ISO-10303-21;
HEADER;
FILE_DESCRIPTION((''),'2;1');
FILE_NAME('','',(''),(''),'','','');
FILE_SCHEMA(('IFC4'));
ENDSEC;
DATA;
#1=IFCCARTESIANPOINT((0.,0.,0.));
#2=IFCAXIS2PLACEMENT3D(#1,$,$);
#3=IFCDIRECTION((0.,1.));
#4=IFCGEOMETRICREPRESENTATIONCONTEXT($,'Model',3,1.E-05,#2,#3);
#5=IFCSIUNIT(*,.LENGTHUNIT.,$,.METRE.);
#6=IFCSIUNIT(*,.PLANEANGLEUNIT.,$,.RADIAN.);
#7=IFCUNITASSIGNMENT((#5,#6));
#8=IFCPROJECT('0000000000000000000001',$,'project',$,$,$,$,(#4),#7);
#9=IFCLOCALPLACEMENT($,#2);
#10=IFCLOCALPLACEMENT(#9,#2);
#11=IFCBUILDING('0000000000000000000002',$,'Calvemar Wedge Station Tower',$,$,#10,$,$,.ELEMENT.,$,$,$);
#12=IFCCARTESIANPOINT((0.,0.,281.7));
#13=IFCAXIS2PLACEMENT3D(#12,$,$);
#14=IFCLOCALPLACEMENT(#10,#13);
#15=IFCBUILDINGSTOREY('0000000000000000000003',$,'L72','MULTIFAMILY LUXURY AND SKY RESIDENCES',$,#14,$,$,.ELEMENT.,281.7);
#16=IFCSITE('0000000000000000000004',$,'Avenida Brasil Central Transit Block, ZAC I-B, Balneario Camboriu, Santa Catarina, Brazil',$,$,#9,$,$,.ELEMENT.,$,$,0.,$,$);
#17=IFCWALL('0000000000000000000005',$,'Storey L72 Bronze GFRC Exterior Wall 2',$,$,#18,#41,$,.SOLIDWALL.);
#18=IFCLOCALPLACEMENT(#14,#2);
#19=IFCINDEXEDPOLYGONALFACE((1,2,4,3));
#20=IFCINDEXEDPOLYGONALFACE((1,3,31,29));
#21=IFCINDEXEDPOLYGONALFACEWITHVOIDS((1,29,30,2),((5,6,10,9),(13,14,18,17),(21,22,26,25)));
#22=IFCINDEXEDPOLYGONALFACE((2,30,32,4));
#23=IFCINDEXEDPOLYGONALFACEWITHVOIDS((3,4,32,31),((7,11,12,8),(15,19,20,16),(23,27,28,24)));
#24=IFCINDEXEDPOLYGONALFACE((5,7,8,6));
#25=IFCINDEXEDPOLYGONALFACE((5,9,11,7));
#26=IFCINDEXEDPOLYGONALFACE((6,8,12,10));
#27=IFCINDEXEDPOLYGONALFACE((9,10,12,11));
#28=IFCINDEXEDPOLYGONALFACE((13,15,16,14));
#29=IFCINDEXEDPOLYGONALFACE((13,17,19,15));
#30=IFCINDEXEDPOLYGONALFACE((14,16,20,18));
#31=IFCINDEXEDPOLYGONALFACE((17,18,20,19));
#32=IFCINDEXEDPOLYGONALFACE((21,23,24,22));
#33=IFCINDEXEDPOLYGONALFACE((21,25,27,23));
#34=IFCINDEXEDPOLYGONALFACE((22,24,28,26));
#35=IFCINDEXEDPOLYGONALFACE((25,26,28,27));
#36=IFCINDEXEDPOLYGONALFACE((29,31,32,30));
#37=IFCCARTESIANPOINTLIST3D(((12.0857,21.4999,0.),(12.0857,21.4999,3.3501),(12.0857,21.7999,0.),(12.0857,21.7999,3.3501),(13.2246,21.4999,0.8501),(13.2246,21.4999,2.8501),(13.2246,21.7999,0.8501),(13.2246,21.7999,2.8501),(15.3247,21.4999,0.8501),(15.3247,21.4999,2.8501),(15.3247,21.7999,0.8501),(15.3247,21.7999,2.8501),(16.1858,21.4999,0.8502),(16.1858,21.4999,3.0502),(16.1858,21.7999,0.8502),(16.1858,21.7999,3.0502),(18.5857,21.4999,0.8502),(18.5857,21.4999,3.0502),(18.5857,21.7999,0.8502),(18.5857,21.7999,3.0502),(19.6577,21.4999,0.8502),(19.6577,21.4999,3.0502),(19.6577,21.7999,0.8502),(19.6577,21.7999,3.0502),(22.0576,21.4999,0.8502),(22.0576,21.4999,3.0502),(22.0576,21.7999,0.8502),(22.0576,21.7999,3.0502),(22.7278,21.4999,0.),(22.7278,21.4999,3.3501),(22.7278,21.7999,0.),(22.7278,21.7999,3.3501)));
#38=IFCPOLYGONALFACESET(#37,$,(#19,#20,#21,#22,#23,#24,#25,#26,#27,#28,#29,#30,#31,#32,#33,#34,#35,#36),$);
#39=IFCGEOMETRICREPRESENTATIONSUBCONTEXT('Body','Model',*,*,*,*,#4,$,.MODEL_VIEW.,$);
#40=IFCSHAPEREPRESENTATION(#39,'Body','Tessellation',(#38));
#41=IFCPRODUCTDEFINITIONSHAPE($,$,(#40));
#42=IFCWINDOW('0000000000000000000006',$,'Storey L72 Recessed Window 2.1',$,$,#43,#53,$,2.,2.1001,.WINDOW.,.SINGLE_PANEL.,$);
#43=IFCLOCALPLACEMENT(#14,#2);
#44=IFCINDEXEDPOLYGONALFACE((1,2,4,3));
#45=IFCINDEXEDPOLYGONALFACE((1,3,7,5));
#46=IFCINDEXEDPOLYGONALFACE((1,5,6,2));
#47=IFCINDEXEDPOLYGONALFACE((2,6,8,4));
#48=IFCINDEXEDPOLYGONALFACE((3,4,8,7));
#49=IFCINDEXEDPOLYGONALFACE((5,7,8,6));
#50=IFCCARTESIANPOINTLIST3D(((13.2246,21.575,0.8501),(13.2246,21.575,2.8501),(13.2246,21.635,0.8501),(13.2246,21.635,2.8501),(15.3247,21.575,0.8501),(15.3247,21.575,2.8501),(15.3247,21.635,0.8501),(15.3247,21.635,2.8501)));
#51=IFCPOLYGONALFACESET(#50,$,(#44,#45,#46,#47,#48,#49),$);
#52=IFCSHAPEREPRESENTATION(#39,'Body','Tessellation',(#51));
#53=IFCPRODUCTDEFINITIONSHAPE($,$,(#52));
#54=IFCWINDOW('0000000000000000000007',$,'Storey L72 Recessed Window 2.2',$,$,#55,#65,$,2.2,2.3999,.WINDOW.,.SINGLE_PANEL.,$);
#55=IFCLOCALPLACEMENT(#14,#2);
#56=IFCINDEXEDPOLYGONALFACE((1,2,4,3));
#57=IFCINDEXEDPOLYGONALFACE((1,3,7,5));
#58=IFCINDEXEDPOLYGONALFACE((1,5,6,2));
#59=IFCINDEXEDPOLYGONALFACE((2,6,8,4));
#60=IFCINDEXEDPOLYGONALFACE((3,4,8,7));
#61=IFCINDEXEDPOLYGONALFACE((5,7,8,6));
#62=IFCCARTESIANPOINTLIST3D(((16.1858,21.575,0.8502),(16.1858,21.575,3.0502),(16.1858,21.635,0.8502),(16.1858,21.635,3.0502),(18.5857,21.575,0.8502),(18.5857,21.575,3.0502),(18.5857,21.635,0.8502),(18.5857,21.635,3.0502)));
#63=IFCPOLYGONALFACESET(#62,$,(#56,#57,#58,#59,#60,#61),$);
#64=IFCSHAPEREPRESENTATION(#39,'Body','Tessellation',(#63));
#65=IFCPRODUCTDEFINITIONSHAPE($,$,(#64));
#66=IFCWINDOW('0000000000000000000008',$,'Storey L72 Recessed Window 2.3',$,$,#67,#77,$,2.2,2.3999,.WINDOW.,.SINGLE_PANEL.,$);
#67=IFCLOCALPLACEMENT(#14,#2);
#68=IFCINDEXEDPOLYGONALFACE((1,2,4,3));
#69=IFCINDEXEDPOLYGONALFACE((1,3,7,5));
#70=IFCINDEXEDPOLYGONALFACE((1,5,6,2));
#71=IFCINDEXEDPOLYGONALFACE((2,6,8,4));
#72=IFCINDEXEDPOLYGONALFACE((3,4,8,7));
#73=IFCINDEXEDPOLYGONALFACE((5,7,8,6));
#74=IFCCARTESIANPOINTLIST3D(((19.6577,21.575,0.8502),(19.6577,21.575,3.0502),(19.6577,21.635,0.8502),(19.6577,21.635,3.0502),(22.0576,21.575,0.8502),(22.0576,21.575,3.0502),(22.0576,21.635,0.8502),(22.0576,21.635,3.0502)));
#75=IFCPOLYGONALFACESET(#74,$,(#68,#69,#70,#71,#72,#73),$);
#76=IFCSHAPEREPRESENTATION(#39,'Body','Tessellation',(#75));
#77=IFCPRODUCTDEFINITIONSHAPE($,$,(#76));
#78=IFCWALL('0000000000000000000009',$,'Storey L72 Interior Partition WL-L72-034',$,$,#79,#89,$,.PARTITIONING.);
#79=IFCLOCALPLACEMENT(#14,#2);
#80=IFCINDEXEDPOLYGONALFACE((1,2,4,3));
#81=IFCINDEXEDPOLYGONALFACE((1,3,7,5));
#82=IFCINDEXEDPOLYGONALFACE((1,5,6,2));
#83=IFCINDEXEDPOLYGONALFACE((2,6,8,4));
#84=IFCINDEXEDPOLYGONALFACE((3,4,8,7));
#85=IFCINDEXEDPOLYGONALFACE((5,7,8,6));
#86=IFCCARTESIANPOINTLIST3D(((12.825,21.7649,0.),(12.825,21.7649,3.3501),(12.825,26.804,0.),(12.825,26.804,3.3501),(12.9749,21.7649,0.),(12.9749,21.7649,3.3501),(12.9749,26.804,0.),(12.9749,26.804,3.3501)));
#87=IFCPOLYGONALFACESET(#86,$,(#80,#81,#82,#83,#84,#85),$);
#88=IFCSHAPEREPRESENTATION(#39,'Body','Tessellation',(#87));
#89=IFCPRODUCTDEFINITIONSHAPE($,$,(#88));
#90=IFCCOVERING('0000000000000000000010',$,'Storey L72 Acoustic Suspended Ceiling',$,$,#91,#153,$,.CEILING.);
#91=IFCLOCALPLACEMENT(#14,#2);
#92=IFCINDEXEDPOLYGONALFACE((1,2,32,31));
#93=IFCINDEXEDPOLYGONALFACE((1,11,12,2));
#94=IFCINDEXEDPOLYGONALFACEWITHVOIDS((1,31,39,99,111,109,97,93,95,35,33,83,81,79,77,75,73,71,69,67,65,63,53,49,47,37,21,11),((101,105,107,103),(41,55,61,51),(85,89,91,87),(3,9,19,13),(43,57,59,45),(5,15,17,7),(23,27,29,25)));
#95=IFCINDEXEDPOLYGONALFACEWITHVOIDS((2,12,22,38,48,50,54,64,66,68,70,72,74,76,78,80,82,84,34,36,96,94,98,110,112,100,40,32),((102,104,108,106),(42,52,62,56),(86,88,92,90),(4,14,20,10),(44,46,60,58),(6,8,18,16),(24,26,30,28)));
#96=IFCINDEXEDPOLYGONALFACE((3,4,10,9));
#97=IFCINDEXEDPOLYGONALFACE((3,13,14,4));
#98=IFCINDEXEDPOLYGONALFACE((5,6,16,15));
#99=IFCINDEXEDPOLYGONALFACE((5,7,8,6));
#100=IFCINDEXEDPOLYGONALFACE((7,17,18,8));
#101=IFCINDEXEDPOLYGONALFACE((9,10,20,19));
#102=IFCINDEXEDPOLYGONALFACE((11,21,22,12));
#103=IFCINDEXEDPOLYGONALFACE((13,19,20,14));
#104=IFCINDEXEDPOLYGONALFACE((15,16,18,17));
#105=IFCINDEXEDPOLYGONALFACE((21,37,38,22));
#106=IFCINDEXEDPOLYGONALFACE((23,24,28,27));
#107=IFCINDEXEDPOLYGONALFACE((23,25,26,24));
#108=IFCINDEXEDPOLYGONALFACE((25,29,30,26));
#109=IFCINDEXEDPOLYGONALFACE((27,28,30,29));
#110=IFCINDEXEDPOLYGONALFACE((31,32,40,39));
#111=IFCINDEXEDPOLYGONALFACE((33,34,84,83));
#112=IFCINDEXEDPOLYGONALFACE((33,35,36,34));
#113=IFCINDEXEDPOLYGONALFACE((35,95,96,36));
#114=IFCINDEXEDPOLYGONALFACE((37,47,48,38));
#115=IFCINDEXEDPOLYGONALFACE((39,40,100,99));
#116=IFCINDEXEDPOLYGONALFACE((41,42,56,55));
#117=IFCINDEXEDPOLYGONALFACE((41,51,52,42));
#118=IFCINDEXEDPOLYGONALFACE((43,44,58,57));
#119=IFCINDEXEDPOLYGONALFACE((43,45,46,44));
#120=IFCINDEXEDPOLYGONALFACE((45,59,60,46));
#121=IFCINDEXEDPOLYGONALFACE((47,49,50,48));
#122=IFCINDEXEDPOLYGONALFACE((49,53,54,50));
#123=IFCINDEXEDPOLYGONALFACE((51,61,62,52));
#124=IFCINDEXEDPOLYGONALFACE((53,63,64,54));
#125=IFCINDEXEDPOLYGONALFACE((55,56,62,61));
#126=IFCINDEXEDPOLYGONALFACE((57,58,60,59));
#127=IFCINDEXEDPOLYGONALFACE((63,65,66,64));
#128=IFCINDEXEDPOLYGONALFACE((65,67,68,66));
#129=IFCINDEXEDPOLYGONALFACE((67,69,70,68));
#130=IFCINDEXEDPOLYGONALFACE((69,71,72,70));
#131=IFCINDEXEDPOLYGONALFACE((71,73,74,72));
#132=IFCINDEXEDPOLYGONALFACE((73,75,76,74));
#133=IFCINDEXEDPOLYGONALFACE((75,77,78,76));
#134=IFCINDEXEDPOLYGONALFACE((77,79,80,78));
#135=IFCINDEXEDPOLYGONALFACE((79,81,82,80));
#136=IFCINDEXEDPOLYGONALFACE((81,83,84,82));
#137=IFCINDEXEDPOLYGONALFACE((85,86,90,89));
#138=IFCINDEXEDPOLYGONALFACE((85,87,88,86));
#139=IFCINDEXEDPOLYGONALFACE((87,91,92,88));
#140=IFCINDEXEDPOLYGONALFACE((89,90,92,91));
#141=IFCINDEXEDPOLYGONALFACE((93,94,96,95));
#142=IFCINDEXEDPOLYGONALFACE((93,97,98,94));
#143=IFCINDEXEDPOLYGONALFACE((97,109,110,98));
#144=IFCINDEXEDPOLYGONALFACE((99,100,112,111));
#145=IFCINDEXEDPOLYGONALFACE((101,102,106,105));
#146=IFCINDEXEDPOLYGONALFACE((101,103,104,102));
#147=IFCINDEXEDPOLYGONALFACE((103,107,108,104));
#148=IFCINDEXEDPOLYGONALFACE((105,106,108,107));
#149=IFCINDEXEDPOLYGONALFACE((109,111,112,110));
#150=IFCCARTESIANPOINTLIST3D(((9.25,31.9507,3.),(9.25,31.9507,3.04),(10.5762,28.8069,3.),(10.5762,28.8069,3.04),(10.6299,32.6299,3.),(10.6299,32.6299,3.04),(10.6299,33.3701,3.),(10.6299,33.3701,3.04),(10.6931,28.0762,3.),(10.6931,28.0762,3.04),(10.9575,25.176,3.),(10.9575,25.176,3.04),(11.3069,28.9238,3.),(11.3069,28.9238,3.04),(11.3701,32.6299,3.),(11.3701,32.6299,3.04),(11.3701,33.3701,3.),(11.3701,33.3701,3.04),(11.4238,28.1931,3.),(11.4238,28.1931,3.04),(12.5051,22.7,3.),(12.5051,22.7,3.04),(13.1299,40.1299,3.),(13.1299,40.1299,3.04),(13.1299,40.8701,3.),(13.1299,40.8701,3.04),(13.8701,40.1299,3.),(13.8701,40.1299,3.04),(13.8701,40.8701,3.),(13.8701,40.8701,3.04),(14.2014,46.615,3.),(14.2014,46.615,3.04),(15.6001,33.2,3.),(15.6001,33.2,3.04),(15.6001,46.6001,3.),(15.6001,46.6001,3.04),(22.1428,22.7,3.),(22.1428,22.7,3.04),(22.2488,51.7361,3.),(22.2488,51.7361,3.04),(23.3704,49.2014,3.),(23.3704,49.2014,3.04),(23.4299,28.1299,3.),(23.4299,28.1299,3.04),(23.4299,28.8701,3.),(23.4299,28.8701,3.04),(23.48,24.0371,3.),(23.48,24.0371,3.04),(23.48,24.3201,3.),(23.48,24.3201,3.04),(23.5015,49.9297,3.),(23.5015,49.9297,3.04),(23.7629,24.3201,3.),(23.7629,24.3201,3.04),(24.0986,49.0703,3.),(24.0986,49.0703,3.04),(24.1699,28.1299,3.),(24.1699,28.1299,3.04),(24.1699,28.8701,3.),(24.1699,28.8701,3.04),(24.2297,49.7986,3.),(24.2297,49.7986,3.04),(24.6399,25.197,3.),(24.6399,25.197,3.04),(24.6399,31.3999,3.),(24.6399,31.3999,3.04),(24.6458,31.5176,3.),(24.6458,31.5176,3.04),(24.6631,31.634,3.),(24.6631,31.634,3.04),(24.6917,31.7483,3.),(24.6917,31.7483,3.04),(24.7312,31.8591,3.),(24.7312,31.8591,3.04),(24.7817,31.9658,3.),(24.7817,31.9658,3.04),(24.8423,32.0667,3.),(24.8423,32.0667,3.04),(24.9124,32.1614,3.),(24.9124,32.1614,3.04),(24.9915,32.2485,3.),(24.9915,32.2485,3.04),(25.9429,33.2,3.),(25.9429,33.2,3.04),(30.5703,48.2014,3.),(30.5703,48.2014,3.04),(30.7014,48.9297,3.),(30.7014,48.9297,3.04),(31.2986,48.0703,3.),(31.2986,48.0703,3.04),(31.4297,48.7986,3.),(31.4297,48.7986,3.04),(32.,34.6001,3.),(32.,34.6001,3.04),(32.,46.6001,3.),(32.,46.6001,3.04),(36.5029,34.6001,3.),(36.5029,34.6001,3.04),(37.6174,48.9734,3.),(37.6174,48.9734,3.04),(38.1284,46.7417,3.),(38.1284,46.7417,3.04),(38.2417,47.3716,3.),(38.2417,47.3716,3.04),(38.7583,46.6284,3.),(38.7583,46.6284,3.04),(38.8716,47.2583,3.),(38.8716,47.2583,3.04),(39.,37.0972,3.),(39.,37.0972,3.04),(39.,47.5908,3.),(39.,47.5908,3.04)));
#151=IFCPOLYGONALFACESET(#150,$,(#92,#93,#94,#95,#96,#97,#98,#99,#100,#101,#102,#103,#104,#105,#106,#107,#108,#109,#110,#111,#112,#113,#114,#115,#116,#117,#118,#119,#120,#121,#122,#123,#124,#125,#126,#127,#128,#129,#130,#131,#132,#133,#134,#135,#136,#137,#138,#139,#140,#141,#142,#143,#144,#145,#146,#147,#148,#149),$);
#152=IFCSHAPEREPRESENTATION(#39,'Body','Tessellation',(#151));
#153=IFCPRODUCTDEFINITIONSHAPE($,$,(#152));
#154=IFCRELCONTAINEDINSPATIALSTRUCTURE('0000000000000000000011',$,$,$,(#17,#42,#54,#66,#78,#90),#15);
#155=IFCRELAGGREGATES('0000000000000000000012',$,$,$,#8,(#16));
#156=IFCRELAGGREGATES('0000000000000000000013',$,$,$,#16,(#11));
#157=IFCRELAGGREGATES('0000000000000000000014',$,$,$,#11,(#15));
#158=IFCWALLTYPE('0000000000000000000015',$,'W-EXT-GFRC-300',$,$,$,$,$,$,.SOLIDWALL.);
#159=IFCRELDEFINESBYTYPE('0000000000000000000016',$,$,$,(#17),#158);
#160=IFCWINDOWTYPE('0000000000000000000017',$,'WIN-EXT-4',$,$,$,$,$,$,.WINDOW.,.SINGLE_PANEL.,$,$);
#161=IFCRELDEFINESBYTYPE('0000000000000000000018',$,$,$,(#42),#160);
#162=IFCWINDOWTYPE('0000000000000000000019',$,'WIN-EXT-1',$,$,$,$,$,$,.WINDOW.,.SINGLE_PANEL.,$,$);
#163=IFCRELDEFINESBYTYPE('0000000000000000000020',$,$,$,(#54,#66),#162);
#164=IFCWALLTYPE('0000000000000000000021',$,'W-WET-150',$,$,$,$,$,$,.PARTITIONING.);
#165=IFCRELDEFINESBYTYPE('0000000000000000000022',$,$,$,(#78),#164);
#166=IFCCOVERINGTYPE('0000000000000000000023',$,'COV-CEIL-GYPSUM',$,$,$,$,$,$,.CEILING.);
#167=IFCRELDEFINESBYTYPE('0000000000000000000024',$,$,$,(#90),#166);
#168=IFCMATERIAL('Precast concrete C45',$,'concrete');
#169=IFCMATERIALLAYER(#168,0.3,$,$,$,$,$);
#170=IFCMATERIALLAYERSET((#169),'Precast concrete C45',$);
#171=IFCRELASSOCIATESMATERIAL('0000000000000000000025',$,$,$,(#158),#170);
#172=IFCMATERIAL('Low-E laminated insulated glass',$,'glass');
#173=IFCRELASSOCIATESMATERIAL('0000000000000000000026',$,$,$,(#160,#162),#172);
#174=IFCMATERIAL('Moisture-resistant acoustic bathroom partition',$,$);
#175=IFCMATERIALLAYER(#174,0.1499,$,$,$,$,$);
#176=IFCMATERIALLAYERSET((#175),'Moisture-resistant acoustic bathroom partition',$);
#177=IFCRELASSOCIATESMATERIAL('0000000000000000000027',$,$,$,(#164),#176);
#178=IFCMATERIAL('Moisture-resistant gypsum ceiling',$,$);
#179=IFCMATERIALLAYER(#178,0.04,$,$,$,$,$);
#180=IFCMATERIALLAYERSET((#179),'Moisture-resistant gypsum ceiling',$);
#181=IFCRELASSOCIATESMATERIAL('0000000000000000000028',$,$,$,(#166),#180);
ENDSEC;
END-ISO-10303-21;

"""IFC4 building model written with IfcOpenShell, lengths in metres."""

from ifc_helpers import new_model, si_unit, direction, frame, frame_2d, origin, place, context, subcontext, project, spatial, polyline, rectangle, outline, extrude, source, transform, mapped, material, layer, layer_set, type_object, element, fill, save


model = new_model("IFC4")

# Units and contexts
model_context = context("Model", 3, precision=1e-05, world=origin(), true_north=direction((0.0, 1.0)))
body_context = subcontext(model_context, "Body", "Model", "MODEL_VIEW")
ifc_project = project(units=[si_unit("LENGTHUNIT", "METRE"), si_unit("PLANEANGLEUNIT", "RADIAN")], contexts=[model_context])

# Site, building, storey
site_placement = place(None, origin())
site = spatial("IfcSite", under=ifc_project, at=site_placement, Name="Avenida Brasil Central Transit Block, ZAC I-B, Balneario Camboriu, Santa Catarina, Brazil", CompositionType="ELEMENT", RefElevation=0.0)
building_placement = place(site_placement, origin())
building = spatial("IfcBuilding", under=site, at=building_placement, Name="Calvemar Wedge Station Tower", CompositionType="ELEMENT")
storey_placement = place(building_placement, frame((0.0, 0.0, 281.7)))
storey = spatial("IfcBuildingStorey", under=building, at=storey_placement, Name="L72", Description="MULTIFAMILY LUXURY AND SKY RESIDENCES", CompositionType="ELEMENT", Elevation=281.7)

# Shared definitions
ifc_material_1 = material(Name="Precast concrete C45", Category="concrete")

# Shared definitions
ifc_layer_1 = layer(ifc_material_1, 0.3)
ifc_layer_set_1 = layer_set([ifc_layer_1], Name="Precast concrete C45")
wall_type_1 = type_object("IfcWallType", Name="W-EXT-GFRC-300", PredefinedType="SOLIDWALL", material=ifc_layer_set_1)
shared_shape_1 = source(origin(), body_context, "Body", "SweptSolid", [
    extrude(rectangle(XDim=2.1001, YDim=2.0, at=frame_2d((1.05, 1.0))), frame((0.0, 0.1602, 0.0), z_axis=(0.0, -1.0, 0.0), x_axis=(1.0, 0.0, 0.0)), (0.0, 0.0, 1.0), 0.3201),
])
ifc_material_2 = material(Name="Low-E laminated insulated glass", Category="glass")
window_type_1 = type_object("IfcWindowType", Name="WIN-EXT-4", PartitioningType="SINGLE_PANEL", PredefinedType="WINDOW", material=ifc_material_2)
shared_shape_2 = source(origin(), body_context, "Body", "SweptSolid", [
    extrude(rectangle(XDim=2.1001, YDim=2.0, at=frame_2d((1.05, 1.0))), frame((0.0, -0.0149, 0.0), z_axis=(0.0, -1.0, 0.0), x_axis=(1.0, 0.0, 0.0)), (0.0, 0.0, 1.0), 0.0601),
])

# Wall, openings, windows
wall_1_placement = place(storey_placement, frame((12.0857, 21.6499, 0.0), z_axis=(0.0, 0.0, 1.0), x_axis=(1.0, 0.0, 0.0)))
wall_1 = element("IfcWall", 1, at=wall_1_placement, inside=storey, type_object=wall_type_1, Name="Storey L72 Bronze GFRC Exterior Wall 2", PredefinedType="SOLIDWALL", context=body_context, shape_type="SweptSolid", body=[
    extrude(rectangle(XDim=10.6421, YDim=0.3, at=frame_2d((5.321, 0.0))), origin(), (0.0, 0.0, 1.0), 3.3501),
])
opening_1_placement = place(wall_1_placement, frame((1.1389, 0.0, 0.8501)))
opening_1 = element("IfcOpeningElement", 2, at=opening_1_placement, cuts=wall_1, PredefinedType="OPENING", context=body_context, shape_type="MappedRepresentation", body=[
    mapped(shared_shape_1, transform((0.0, 0.0, 0.0), scale=1.0)),
])
shared_shape_3 = source(origin(), body_context, "Body", "SweptSolid", [
    extrude(rectangle(XDim=2.3999, YDim=2.2, at=frame_2d((1.2, 1.1001))), frame((0.0, 0.1602, 0.0), z_axis=(0.0, -1.0, 0.0), x_axis=(1.0, 0.0, 0.0)), (0.0, 0.0, 1.0), 0.3201),
])
opening_2_placement = place(wall_1_placement, frame((4.1001, 0.0, 0.8501)))
opening_2 = element("IfcOpeningElement", 3, at=opening_2_placement, cuts=wall_1, PredefinedType="OPENING", context=body_context, shape_type="MappedRepresentation", body=[
    mapped(shared_shape_3, transform((0.0, 0.0, 0.0), scale=1.0)),
])
opening_3_placement = place(wall_1_placement, frame((7.572, 0.0, 0.8501)))
opening_3 = element("IfcOpeningElement", 4, at=opening_3_placement, cuts=wall_1, PredefinedType="OPENING", context=body_context, shape_type="MappedRepresentation", body=[
    mapped(shared_shape_3, transform((0.0, 0.0, 0.0), scale=1.0)),
])
window_1_placement = place(opening_1_placement, origin())
window_1 = element("IfcWindow", 5, at=window_1_placement, inside=storey, type_object=window_type_1, Name="Storey L72 Recessed Window 2.1", OverallHeight=2.0, OverallWidth=2.1001, PartitioningType="SINGLE_PANEL", PredefinedType="WINDOW", context=body_context, shape_type="MappedRepresentation", body=[
    mapped(shared_shape_2, transform((0.0, 0.0, 0.0), scale=1.0)),
])
fill(opening_1, window_1)
window_type_2 = type_object("IfcWindowType", Name="WIN-EXT-1", PartitioningType="SINGLE_PANEL", PredefinedType="WINDOW", material=ifc_material_2)
shared_shape_4 = source(origin(), body_context, "Body", "SweptSolid", [
    extrude(rectangle(XDim=2.3999, YDim=2.2, at=frame_2d((1.2, 1.1001))), frame((0.0, -0.0149, 0.0), z_axis=(0.0, -1.0, 0.0), x_axis=(1.0, 0.0, 0.0)), (0.0, 0.0, 1.0), 0.0601),
])
window_2_placement = place(opening_2_placement, origin())
window_2 = element("IfcWindow", 6, at=window_2_placement, inside=storey, type_object=window_type_2, Name="Storey L72 Recessed Window 2.2", OverallHeight=2.2, OverallWidth=2.3999, PartitioningType="SINGLE_PANEL", PredefinedType="WINDOW", context=body_context, shape_type="MappedRepresentation", body=[
    mapped(shared_shape_4, transform((0.0, 0.0, 0.0), scale=1.0)),
])
fill(opening_2, window_2)
window_3_placement = place(opening_3_placement, origin())
window_3 = element("IfcWindow", 7, at=window_3_placement, inside=storey, type_object=window_type_2, Name="Storey L72 Recessed Window 2.3", OverallHeight=2.2, OverallWidth=2.3999, PartitioningType="SINGLE_PANEL", PredefinedType="WINDOW", context=body_context, shape_type="MappedRepresentation", body=[
    mapped(shared_shape_4, transform((0.0, 0.0, 0.0), scale=1.0)),
])
fill(opening_3, window_3)

# Wall
ifc_material_3 = material(Name="Moisture-resistant acoustic bathroom partition")
ifc_layer_2 = layer(ifc_material_3, 0.1499)
ifc_layer_set_2 = layer_set([ifc_layer_2], Name="Moisture-resistant acoustic bathroom partition")
wall_type_2 = type_object("IfcWallType", Name="W-WET-150", PredefinedType="PARTITIONING", material=ifc_layer_set_2)
wall_2_placement = place(storey_placement, frame((12.8999, 21.7649, 0.0), z_axis=(0.0, 0.0, 1.0), x_axis=(0.0, 1.0, 0.0)))
element("IfcWall", 8, at=wall_2_placement, inside=storey, type_object=wall_type_2, Name="Storey L72 Interior Partition WL-L72-034", PredefinedType="PARTITIONING", context=body_context, shape_type="SweptSolid", body=[
    extrude(rectangle(XDim=5.0391, YDim=0.1499, at=frame_2d((2.5195, 0.0))), origin(), (0.0, 0.0, 1.0), 3.3501),
])

# Covering
ifc_material_4 = material(Name="Moisture-resistant gypsum ceiling")
ifc_layer_3 = layer(ifc_material_4, 0.04)
ifc_layer_set_3 = layer_set([ifc_layer_3], Name="Moisture-resistant gypsum ceiling")
covering_type_1 = type_object("IfcCoveringType", Name="COV-CEIL-GYPSUM", PredefinedType="CEILING", material=ifc_layer_set_3)
covering_1_placement = place(storey_placement, frame((0.0, 0.0, 3.0)))
element("IfcCovering", 9, at=covering_1_placement, inside=storey, type_object=covering_type_1, Name="Storey L72 Acoustic Suspended Ceiling", PredefinedType="CEILING", context=body_context, shape_type="SweptSolid", body=[
    extrude(outline(polyline([(32.0, 46.6001), (32.0, 34.6001), (36.5029, 34.6001), (39.0, 37.0972), (39.0, 47.5908), (37.6174, 48.9734), (22.2488, 51.7361), (14.2014, 46.615), (9.25, 31.9507), (10.9575, 25.176), (12.5051, 22.7), (22.1428, 22.7), (23.48, 24.0371), (23.48, 24.3201), (23.7629, 24.3201), (24.6399, 25.197), (24.6399, 31.3999), (24.6458, 31.5176), (24.6631, 31.634), (24.6917, 31.7483), (24.7312, 31.8591), (24.7817, 31.9658), (24.8423, 32.0667), (24.9124, 32.1614), (24.9915, 32.2485), (25.9429, 33.2), (15.6001, 33.2), (15.6001, 46.6001), (32.0, 46.6001)]), holes=[polyline([(10.6299, 32.6299), (10.6299, 33.3701), (11.3701, 33.3701), (11.3701, 32.6299), (10.6299, 32.6299)]), polyline([(13.1299, 40.8701), (13.8701, 40.8701), (13.8701, 40.1299), (13.1299, 40.1299), (13.1299, 40.8701)]), polyline([(24.2297, 49.7986), (24.0986, 49.0703), (23.3704, 49.2014), (23.5015, 49.9297), (24.2297, 49.7986)]), polyline([(31.2986, 48.0703), (30.5703, 48.2014), (30.7014, 48.9297), (31.4297, 48.7986), (31.2986, 48.0703)]), polyline([(38.1284, 46.7417), (38.2417, 47.3716), (38.8716, 47.2583), (38.7583, 46.6284), (38.1284, 46.7417)]), polyline([(11.3069, 28.9238), (11.4238, 28.1931), (10.6931, 28.0762), (10.5762, 28.8069), (11.3069, 28.9238)]), polyline([(24.1699, 28.8701), (24.1699, 28.1299), (23.4299, 28.1299), (23.4299, 28.8701), (24.1699, 28.8701)])]), origin(), (0.0, 0.0, 1.0), 0.04),
])

save(model, "model.ifc")
